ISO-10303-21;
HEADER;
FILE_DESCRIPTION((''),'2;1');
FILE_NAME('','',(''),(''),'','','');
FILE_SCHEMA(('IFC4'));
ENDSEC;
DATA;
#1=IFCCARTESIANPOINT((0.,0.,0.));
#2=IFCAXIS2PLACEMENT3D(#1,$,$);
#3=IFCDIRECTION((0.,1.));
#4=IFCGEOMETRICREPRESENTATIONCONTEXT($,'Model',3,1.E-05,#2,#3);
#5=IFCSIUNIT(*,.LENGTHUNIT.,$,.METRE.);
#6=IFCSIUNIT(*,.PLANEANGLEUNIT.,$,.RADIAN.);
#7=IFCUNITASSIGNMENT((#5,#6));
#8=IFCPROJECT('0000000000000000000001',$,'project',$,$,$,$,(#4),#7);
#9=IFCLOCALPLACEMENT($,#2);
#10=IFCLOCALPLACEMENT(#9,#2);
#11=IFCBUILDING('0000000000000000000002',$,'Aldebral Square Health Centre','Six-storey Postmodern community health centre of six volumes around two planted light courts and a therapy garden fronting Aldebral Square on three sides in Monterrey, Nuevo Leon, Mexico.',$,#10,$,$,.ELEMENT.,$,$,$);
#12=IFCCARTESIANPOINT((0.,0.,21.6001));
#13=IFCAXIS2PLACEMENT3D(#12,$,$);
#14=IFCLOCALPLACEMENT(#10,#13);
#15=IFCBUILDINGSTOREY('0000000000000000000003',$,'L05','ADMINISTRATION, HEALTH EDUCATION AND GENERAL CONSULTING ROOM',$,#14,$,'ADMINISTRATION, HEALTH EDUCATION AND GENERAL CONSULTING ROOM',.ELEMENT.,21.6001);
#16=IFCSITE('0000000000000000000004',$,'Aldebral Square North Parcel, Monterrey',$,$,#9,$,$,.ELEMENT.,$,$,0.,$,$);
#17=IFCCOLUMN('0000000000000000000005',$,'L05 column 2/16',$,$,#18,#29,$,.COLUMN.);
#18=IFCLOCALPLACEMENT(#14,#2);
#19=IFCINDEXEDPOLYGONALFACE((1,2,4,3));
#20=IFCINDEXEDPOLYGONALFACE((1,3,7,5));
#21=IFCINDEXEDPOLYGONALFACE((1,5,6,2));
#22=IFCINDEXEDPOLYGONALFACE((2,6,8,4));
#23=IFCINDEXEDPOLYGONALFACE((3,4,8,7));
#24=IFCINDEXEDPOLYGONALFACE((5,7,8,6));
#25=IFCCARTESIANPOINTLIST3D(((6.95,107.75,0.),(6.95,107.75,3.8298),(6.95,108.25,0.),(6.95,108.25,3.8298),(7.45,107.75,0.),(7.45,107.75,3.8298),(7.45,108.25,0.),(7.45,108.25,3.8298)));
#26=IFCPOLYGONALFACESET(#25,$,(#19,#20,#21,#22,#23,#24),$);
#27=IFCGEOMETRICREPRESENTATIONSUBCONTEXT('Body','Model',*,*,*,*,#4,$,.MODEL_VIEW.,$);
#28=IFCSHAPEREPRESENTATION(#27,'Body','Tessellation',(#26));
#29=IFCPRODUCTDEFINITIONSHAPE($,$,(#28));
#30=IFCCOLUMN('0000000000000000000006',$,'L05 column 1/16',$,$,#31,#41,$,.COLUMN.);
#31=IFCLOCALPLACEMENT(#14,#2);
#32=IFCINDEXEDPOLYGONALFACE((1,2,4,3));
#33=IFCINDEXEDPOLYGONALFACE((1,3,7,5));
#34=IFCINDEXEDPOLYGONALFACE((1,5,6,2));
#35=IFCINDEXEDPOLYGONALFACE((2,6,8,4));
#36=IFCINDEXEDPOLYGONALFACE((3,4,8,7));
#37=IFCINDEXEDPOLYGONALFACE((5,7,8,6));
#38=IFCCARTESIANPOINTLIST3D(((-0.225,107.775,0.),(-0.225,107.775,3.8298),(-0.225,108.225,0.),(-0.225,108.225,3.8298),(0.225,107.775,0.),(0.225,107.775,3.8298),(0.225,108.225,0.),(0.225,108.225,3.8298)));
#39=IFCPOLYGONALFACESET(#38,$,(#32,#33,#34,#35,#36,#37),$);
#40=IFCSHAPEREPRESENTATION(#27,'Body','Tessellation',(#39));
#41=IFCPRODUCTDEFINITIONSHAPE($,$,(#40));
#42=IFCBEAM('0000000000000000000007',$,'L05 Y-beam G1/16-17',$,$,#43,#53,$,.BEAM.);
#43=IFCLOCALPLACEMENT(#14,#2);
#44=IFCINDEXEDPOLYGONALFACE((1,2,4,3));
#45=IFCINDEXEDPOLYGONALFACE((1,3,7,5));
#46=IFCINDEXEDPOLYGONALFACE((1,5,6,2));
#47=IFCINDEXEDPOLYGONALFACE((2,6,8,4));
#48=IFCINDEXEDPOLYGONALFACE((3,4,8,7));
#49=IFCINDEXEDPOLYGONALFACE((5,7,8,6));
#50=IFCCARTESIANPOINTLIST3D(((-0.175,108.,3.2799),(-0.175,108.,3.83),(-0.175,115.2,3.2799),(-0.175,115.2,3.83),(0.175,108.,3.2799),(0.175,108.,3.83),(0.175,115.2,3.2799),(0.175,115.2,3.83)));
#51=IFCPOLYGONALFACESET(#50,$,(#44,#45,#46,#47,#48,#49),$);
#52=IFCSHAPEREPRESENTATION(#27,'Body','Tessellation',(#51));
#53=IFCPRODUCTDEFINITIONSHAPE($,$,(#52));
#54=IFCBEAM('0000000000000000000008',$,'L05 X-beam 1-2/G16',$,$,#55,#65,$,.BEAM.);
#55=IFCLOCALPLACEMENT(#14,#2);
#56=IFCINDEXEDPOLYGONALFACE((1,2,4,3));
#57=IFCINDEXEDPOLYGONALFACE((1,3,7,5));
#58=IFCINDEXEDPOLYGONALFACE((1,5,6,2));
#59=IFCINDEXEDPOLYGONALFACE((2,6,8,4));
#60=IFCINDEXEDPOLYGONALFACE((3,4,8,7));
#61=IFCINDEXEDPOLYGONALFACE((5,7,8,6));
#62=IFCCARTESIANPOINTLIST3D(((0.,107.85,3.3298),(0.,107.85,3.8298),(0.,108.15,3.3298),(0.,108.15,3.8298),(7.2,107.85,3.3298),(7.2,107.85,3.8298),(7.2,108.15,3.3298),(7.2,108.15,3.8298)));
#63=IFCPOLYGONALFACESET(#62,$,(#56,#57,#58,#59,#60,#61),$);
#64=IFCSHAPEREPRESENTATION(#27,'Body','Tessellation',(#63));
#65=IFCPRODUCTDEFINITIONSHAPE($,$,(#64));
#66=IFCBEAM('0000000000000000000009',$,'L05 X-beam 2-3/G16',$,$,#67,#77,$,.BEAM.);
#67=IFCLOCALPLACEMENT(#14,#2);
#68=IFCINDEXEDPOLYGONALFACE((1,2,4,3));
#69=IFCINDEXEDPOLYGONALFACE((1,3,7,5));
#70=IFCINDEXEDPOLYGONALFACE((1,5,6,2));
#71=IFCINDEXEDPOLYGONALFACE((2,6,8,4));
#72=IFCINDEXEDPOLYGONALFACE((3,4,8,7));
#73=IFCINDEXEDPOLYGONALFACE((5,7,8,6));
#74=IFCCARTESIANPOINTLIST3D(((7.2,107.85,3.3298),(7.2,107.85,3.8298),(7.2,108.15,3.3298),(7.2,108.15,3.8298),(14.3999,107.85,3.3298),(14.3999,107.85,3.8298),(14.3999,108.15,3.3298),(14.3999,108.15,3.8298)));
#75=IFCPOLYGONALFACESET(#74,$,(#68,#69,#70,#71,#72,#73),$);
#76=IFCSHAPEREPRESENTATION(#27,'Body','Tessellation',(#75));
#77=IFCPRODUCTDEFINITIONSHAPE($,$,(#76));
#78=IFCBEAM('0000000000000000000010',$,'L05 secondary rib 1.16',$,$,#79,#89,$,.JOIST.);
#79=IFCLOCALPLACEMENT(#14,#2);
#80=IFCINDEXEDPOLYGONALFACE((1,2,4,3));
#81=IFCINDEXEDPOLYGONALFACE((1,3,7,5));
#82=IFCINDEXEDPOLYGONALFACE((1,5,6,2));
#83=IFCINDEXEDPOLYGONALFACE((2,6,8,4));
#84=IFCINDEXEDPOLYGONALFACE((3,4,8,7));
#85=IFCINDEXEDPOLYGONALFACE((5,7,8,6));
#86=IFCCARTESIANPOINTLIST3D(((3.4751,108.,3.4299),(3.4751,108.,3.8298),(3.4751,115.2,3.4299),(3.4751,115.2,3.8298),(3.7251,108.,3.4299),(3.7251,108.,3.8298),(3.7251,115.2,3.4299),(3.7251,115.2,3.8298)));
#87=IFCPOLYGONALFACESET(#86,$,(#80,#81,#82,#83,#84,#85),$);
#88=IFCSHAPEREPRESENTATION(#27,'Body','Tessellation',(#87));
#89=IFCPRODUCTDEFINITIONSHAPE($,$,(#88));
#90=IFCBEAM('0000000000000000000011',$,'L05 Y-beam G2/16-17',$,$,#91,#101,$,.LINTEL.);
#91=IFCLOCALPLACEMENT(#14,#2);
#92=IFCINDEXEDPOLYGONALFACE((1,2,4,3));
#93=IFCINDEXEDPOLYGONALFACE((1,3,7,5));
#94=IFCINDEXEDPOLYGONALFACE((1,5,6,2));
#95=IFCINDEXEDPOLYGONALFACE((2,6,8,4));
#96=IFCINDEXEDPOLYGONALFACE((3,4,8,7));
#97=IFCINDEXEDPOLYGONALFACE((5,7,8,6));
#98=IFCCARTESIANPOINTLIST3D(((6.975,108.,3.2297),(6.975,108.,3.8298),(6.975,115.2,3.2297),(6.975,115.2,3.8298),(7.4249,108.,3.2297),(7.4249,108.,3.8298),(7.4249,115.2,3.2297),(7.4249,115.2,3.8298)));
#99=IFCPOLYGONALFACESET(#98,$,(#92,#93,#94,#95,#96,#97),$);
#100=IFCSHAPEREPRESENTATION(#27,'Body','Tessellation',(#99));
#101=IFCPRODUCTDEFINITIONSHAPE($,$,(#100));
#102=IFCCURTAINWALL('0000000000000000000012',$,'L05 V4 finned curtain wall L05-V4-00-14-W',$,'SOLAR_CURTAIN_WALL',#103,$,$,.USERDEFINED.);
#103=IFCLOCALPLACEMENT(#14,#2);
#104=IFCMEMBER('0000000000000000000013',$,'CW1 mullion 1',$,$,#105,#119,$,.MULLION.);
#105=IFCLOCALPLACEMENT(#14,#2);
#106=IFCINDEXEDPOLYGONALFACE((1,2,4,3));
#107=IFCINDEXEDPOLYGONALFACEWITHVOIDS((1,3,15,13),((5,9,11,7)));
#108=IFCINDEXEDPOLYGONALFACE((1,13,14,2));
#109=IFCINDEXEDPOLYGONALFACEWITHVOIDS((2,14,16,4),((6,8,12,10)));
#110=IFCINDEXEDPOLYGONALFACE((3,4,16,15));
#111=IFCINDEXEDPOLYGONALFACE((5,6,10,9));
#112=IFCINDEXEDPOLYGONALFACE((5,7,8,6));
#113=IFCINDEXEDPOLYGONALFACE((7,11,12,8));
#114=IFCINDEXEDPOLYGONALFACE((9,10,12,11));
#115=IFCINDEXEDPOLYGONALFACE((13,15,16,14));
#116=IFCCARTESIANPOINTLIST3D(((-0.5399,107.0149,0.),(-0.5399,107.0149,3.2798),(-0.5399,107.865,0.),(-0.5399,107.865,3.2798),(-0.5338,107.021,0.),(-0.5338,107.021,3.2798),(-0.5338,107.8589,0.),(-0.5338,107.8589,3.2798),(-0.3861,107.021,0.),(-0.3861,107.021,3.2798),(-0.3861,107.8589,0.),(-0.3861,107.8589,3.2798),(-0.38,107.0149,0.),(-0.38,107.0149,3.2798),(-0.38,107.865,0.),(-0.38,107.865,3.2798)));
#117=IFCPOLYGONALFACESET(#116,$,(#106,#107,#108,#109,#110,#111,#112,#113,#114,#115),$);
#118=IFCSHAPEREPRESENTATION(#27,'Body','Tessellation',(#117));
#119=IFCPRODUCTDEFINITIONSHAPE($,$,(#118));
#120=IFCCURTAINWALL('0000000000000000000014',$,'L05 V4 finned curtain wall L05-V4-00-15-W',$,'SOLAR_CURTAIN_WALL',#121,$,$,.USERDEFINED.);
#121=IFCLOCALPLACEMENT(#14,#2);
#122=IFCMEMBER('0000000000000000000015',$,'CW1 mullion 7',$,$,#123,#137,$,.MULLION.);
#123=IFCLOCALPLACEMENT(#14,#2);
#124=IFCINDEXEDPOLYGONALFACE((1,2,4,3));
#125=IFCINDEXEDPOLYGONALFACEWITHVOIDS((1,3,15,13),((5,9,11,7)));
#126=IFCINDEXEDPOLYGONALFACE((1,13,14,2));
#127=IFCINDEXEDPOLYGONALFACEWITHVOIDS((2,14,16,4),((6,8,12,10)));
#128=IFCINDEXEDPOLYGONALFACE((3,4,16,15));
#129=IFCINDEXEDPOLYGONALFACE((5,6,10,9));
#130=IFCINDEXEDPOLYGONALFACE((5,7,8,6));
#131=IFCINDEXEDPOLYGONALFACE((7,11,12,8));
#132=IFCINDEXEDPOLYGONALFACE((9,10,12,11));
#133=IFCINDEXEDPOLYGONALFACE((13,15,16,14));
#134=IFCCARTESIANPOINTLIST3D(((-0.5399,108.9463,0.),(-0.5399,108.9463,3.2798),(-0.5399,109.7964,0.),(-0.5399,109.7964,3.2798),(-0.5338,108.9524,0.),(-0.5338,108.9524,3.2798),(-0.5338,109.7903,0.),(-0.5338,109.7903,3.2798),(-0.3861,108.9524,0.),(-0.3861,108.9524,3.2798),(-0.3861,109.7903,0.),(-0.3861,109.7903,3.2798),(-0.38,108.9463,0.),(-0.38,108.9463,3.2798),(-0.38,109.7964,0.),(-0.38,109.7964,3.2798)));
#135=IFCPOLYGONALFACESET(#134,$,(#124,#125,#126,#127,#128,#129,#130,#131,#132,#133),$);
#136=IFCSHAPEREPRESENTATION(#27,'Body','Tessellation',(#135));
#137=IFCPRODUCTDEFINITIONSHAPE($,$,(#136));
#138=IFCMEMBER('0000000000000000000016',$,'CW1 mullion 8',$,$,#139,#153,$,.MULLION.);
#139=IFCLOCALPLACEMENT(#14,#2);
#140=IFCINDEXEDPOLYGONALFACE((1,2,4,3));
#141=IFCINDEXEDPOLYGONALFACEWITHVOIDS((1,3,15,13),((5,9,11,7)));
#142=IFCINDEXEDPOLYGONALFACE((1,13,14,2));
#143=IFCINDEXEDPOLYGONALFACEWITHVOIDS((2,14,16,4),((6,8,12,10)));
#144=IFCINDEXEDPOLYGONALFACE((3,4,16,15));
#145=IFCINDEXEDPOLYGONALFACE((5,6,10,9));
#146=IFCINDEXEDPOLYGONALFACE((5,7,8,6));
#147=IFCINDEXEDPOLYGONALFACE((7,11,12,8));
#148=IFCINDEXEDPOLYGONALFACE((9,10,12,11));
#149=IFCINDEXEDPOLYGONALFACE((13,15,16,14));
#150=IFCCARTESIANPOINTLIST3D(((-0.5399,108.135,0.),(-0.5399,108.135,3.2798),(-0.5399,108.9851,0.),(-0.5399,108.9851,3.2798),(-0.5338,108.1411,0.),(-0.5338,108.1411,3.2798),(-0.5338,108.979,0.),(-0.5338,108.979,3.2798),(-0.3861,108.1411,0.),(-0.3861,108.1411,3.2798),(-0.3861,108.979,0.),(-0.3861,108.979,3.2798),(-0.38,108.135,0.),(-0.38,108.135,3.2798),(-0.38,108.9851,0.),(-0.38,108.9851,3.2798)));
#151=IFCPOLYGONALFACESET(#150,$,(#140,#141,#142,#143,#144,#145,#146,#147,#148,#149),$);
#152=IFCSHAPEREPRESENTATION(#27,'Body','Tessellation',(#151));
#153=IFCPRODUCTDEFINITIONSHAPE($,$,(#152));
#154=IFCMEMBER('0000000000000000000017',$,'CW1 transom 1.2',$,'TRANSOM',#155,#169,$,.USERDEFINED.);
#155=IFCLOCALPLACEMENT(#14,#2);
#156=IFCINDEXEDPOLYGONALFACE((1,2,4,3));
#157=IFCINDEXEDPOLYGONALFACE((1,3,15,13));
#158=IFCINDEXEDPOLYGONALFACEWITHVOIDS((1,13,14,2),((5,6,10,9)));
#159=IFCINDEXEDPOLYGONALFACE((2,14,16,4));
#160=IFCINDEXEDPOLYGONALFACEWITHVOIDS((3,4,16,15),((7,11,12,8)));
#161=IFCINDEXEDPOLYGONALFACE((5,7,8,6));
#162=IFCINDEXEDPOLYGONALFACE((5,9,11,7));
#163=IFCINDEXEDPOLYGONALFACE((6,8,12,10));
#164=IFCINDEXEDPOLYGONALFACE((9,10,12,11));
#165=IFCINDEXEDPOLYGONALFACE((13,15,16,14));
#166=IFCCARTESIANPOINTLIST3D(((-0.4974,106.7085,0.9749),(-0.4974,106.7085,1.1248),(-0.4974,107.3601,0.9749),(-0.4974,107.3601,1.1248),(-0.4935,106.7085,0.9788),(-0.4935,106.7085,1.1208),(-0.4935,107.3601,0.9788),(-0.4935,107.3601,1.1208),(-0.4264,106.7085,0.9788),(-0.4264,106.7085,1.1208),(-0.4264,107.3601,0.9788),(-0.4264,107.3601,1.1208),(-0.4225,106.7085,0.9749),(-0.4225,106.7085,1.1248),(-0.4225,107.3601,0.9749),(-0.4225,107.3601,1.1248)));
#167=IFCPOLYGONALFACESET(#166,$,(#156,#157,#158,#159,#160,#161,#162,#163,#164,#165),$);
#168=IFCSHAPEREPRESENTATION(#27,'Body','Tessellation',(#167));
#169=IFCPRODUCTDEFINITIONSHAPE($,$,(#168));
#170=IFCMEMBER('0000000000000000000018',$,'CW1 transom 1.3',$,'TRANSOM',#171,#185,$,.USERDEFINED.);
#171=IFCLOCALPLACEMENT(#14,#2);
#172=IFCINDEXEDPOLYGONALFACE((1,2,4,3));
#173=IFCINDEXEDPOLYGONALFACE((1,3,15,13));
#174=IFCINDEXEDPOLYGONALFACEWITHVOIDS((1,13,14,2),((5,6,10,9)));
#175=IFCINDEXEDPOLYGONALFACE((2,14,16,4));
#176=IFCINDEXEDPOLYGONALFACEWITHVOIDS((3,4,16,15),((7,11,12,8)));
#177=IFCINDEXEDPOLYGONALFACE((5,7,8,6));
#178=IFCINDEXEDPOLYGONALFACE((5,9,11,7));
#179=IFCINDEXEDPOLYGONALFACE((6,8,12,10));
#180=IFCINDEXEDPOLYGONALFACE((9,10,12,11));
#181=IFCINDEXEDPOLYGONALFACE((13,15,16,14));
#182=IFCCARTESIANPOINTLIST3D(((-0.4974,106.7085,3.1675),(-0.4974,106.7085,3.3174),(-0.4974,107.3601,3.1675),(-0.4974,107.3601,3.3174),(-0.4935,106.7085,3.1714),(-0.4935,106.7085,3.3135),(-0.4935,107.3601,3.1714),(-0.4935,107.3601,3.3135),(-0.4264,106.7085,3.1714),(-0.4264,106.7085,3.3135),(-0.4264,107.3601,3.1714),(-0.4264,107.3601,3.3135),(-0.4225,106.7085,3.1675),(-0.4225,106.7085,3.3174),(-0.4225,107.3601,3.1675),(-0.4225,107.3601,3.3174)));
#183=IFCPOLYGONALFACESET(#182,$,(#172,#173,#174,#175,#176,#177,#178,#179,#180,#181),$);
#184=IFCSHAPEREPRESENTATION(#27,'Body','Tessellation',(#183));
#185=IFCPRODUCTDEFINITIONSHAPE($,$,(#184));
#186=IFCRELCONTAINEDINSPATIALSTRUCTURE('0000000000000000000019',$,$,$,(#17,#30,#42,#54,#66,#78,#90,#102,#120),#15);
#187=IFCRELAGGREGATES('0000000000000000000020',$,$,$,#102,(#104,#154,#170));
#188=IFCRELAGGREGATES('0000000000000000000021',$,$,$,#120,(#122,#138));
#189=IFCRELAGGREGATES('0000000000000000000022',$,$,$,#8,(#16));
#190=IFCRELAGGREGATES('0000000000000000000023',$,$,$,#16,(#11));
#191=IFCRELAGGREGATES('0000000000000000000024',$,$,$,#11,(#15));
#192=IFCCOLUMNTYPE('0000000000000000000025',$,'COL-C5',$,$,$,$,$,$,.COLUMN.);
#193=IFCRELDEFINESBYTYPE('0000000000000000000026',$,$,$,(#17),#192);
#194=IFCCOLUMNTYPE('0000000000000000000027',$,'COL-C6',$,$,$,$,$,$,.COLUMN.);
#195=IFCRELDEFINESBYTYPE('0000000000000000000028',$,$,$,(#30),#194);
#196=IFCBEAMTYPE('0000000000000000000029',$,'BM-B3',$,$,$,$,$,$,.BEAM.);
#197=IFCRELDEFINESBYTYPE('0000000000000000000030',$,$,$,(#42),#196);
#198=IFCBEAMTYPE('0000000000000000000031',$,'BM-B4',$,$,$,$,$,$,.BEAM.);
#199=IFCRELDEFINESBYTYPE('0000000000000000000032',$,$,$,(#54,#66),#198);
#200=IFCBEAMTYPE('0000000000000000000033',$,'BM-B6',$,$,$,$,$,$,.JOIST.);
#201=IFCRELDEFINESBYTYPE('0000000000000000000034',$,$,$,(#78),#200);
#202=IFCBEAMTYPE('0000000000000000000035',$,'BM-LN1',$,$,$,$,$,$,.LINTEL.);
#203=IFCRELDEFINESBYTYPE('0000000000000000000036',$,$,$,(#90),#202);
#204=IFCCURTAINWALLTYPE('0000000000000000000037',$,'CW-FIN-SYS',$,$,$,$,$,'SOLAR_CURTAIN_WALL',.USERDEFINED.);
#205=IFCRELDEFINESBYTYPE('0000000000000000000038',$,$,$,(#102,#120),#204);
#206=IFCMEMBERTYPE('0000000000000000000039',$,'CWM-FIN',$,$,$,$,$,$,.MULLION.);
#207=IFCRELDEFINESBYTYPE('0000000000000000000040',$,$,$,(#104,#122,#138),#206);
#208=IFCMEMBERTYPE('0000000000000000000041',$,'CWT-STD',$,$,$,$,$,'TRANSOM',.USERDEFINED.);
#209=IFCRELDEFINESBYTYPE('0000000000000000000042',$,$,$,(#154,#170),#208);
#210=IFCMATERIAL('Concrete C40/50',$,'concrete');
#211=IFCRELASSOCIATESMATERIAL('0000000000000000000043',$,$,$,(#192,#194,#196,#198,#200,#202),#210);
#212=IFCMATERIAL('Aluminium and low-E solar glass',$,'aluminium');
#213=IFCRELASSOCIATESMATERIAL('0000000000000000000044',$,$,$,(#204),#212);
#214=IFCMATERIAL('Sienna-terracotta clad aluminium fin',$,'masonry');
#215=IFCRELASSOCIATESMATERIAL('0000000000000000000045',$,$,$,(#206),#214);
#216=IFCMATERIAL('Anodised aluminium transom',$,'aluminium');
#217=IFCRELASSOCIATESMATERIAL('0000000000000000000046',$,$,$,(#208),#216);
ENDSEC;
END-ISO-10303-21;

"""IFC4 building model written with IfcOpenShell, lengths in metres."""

from ifc_helpers import new_model, si_unit, direction, frame, origin, origin_2d, place, context, subcontext, project, spatial, rectangle, hollow_rectangle, extrude, material, material_profile, profile_set, type_object, element, aggregate, save


model = new_model("IFC4")

# Units and contexts
model_context = context("Model", 3, precision=1e-05, world=origin(), true_north=direction((0.0, 1.0)))
body_context = subcontext(model_context, "Body", "Model", "MODEL_VIEW")
ifc_project = project(units=[si_unit("LENGTHUNIT", "METRE"), si_unit("PLANEANGLEUNIT", "RADIAN")], contexts=[model_context])

# Site, building, storey
site_placement = place(None, origin())
site = spatial("IfcSite", under=ifc_project, at=site_placement, Name="Aldebral Square North Parcel, Monterrey", CompositionType="ELEMENT", RefElevation=0.0)
building_placement = place(site_placement, origin())
building = spatial("IfcBuilding", under=site, at=building_placement, Name="Aldebral Square Health Centre", Description="Six-storey Postmodern community health centre of six volumes around two planted light courts and a therapy garden fronting Aldebral Square on three sides in Monterrey, Nuevo Leon, Mexico.", CompositionType="ELEMENT")
storey_placement = place(building_placement, frame((0.0, 0.0, 21.6001)))
storey = spatial("IfcBuildingStorey", under=building, at=storey_placement, Name="L05", Description="ADMINISTRATION, HEALTH EDUCATION AND GENERAL CONSULTING ROOM", LongName="ADMINISTRATION, HEALTH EDUCATION AND GENERAL CONSULTING ROOM", CompositionType="ELEMENT", Elevation=21.6001)

# Columns
ifc_material_1 = material(Name="Concrete C40/50", Category="concrete")
ifc_material_profile_1 = material_profile(ifc_material_1, rectangle(XDim=0.5, YDim=0.5, at=origin_2d()), Name="RC 500x500")
ifc_profile_set_1 = profile_set([ifc_material_profile_1], Name="Concrete C40/50")
column_type_1 = type_object("IfcColumnType", Name="COL-C5", PredefinedType="COLUMN", material=ifc_profile_set_1)
column_1_placement = place(storey_placement, frame((7.2, 108.0, 0.0), z_axis=(0.0, 0.0, 1.0), x_axis=(1.0, 0.0, 0.0)))
element("IfcColumn", 1, at=column_1_placement, inside=storey, type_object=column_type_1, Name="L05 column 2/16", PredefinedType="COLUMN", context=body_context, shape_type="SweptSolid", body=[
    extrude(rectangle(XDim=0.5, YDim=0.5, at=origin_2d()), origin(), (0.0, 0.0, 1.0), 3.8298),
])
ifc_material_profile_2 = material_profile(ifc_material_1, rectangle(XDim=0.45, YDim=0.45, at=origin_2d()), Name="RC 450x450")
ifc_profile_set_2 = profile_set([ifc_material_profile_2], Name="Concrete C40/50")
column_type_2 = type_object("IfcColumnType", Name="COL-C6", PredefinedType="COLUMN", material=ifc_profile_set_2)
column_2_placement = place(storey_placement, frame((0.0, 108.0, 0.0), z_axis=(0.0, 0.0, 1.0), x_axis=(1.0, 0.0, 0.0)))
element("IfcColumn", 2, at=column_2_placement, inside=storey, type_object=column_type_2, Name="L05 column 1/16", PredefinedType="COLUMN", context=body_context, shape_type="SweptSolid", body=[
    extrude(rectangle(XDim=0.45, YDim=0.45, at=origin_2d()), origin(), (0.0, 0.0, 1.0), 3.8298),
])

# Beams
ifc_material_profile_3 = material_profile(ifc_material_1, rectangle(XDim=0.3501, YDim=0.55, at=origin_2d()), Name="RC 350x550")
ifc_profile_set_3 = profile_set([ifc_material_profile_3], Name="Concrete C40/50")
beam_type_1 = type_object("IfcBeamType", Name="BM-B3", PredefinedType="BEAM", material=ifc_profile_set_3)
beam_1_placement = place(storey_placement, frame((0.0, 108.0, 3.5549), z_axis=(0.0, 1.0, 0.0), x_axis=(-1.0, 0.0, 0.0)))
element("IfcBeam", 3, at=beam_1_placement, inside=storey, type_object=beam_type_1, Name="L05 Y-beam G1/16-17", PredefinedType="BEAM", context=body_context, shape_type="SweptSolid", body=[
    extrude(rectangle(XDim=0.3501, YDim=0.55, at=origin_2d()), origin(), (0.0, 0.0, 1.0), 7.2),
])
ifc_material_profile_4 = material_profile(ifc_material_1, rectangle(XDim=0.3, YDim=0.5, at=origin_2d()), Name="RC 300x500")
ifc_profile_set_4 = profile_set([ifc_material_profile_4], Name="Concrete C40/50")
beam_type_2 = type_object("IfcBeamType", Name="BM-B4", PredefinedType="BEAM", material=ifc_profile_set_4)
for number, where, z_axis, x_axis, name in (
    (4, (0.0, 108.0, 3.5798), (1.0, 0.0, 0.0), (0.0, 1.0, 0.0), "L05 X-beam 1-2/G16"),
    (5, (7.2, 108.0, 3.5798), (1.0, 0.0, 0.0), (0.0, 1.0, 0.0), "L05 X-beam 2-3/G16"),
):
    element("IfcBeam", number, at=place(storey_placement, frame(where, z_axis=z_axis, x_axis=x_axis)), inside=storey, type_object=beam_type_2, Name=name, PredefinedType="BEAM", context=body_context, shape_type="SweptSolid", body=[
        extrude(rectangle(XDim=0.3, YDim=0.5, at=origin_2d()), origin(), (0.0, 0.0, 1.0), 7.2),
    ])
ifc_material_profile_5 = material_profile(ifc_material_1, rectangle(XDim=0.25, YDim=0.3999, at=origin_2d()), Name="RC 250x400")
ifc_profile_set_5 = profile_set([ifc_material_profile_5], Name="Concrete C40/50")
beam_type_3 = type_object("IfcBeamType", Name="BM-B6", PredefinedType="JOIST", material=ifc_profile_set_5)
beam_2_placement = place(storey_placement, frame((3.6001, 108.0, 3.6299), z_axis=(0.0, 1.0, 0.0), x_axis=(-1.0, 0.0, 0.0)))
element("IfcBeam", 6, at=beam_2_placement, inside=storey, type_object=beam_type_3, Name="L05 secondary rib 1.16", PredefinedType="JOIST", context=body_context, shape_type="SweptSolid", body=[
    extrude(rectangle(XDim=0.25, YDim=0.3999, at=origin_2d()), origin(), (0.0, 0.0, 1.0), 7.2),
])
ifc_material_profile_6 = material_profile(ifc_material_1, rectangle(XDim=0.45, YDim=0.6001, at=origin_2d()), Name="RC 450x600")
ifc_profile_set_6 = profile_set([ifc_material_profile_6], Name="Concrete C40/50")
beam_type_4 = type_object("IfcBeamType", Name="BM-LN1", PredefinedType="LINTEL", material=ifc_profile_set_6)
beam_3_placement = place(storey_placement, frame((7.2, 108.0, 3.5298), z_axis=(0.0, 1.0, 0.0), x_axis=(-1.0, 0.0, 0.0)))
element("IfcBeam", 7, at=beam_3_placement, inside=storey, type_object=beam_type_4, Name="L05 Y-beam G2/16-17", PredefinedType="LINTEL", context=body_context, shape_type="SweptSolid", body=[
    extrude(rectangle(XDim=0.45, YDim=0.6001, at=origin_2d()), origin(), (0.0, 0.0, 1.0), 7.2),
])

# Curtain wall, member
ifc_material_2 = material(Name="Aluminium and low-E solar glass", Category="aluminium")
curtain_wall_type = type_object("IfcCurtainWallType", Name="CW-FIN-SYS", ElementType="SOLAR_CURTAIN_WALL", PredefinedType="USERDEFINED", material=ifc_material_2)
curtain_wall_1_placement = place(storey_placement, origin())
curtain_wall_1 = element("IfcCurtainWall", 8, at=curtain_wall_1_placement, inside=storey, type_object=curtain_wall_type, Name="L05 V4 finned curtain wall L05-V4-00-14-W", ObjectType="SOLAR_CURTAIN_WALL", PredefinedType="USERDEFINED")
ifc_material_3 = material(Name="Sienna-terracotta clad aluminium fin", Category="masonry")
ifc_material_profile_7 = material_profile(ifc_material_3, hollow_rectangle(XDim=0.1599, YDim=0.8501, WallThickness=0.0061, at=origin_2d()), Name="FIN 160x850x6")
ifc_profile_set_7 = profile_set([ifc_material_profile_7], Name="Sienna-terracotta clad aluminium fin")
member_type_1 = type_object("IfcMemberType", Name="CWM-FIN", PredefinedType="MULLION", material=ifc_profile_set_7)
member_1_placement = place(storey_placement, frame((-0.46, 107.4399, 0.0), z_axis=(0.0, 0.0, 1.0), x_axis=(1.0, 0.0, 0.0)))
member_1 = element("IfcMember", 9, at=member_1_placement, type_object=member_type_1, Name="CW1 mullion 1", PredefinedType="MULLION", context=body_context, shape_type="SweptSolid", body=[
    extrude(hollow_rectangle(XDim=0.1599, YDim=0.8501, WallThickness=0.0061, at=origin_2d()), origin(), (0.0, 0.0, 1.0), 3.2798),
])

# Curtain wall, members
curtain_wall_2_placement = place(storey_placement, origin())
curtain_wall_2 = element("IfcCurtainWall", 10, at=curtain_wall_2_placement, inside=storey, type_object=curtain_wall_type, Name="L05 V4 finned curtain wall L05-V4-00-15-W", ObjectType="SOLAR_CURTAIN_WALL", PredefinedType="USERDEFINED")
member_2_placement = place(storey_placement, frame((-0.46, 109.3713, 0.0), z_axis=(0.0, 0.0, 1.0), x_axis=(1.0, 0.0, 0.0)))
member_2 = element("IfcMember", 11, at=member_2_placement, type_object=member_type_1, Name="CW1 mullion 7", PredefinedType="MULLION", context=body_context, shape_type="SweptSolid", body=[
    extrude(hollow_rectangle(XDim=0.1599, YDim=0.8501, WallThickness=0.0061, at=origin_2d()), origin(), (0.0, 0.0, 1.0), 3.2798),
])
member_3_placement = place(storey_placement, frame((-0.46, 108.5601, 0.0), z_axis=(0.0, 0.0, 1.0), x_axis=(1.0, 0.0, 0.0)))
member_3 = element("IfcMember", 12, at=member_3_placement, type_object=member_type_1, Name="CW1 mullion 8", PredefinedType="MULLION", context=body_context, shape_type="SweptSolid", body=[
    extrude(hollow_rectangle(XDim=0.1599, YDim=0.8501, WallThickness=0.0061, at=origin_2d()), origin(), (0.0, 0.0, 1.0), 3.2798),
])

# Members
ifc_material_4 = material(Name="Anodised aluminium transom", Category="aluminium")
ifc_material_profile_8 = material_profile(ifc_material_4, hollow_rectangle(XDim=0.075, YDim=0.1499, WallThickness=0.0039, at=origin_2d()), Name="CWT 75x150x4")
ifc_profile_set_8 = profile_set([ifc_material_profile_8], Name="Anodised aluminium transom")
member_type_2 = type_object("IfcMemberType", Name="CWT-STD", ElementType="TRANSOM", PredefinedType="USERDEFINED", material=ifc_profile_set_8)
member_4_placement = place(storey_placement, frame((-0.46, 107.3601, 1.0498), z_axis=(0.0, -1.0, 0.0), x_axis=(1.0, 0.0, 0.0)))
member_4 = element("IfcMember", 13, at=member_4_placement, type_object=member_type_2, Name="CW1 transom 1.2", ObjectType="TRANSOM", PredefinedType="USERDEFINED", context=body_context, shape_type="SweptSolid", body=[
    extrude(hollow_rectangle(XDim=0.075, YDim=0.1499, WallThickness=0.0039, at=origin_2d()), origin(), (0.0, 0.0, 1.0), 0.6516),
])
member_5_placement = place(storey_placement, frame((-0.46, 107.3601, 3.2424), z_axis=(0.0, -1.0, 0.0), x_axis=(1.0, 0.0, 0.0)))
member_5 = element("IfcMember", 14, at=member_5_placement, type_object=member_type_2, Name="CW1 transom 1.3", ObjectType="TRANSOM", PredefinedType="USERDEFINED", context=body_context, shape_type="SweptSolid", body=[
    extrude(hollow_rectangle(XDim=0.075, YDim=0.1499, WallThickness=0.0039, at=origin_2d()), origin(), (0.0, 0.0, 1.0), 0.6516),
])
aggregate(curtain_wall_1, [member_1, member_4, member_5])

aggregate(curtain_wall_2, [member_2, member_3])

save(model, "model.ifc")
